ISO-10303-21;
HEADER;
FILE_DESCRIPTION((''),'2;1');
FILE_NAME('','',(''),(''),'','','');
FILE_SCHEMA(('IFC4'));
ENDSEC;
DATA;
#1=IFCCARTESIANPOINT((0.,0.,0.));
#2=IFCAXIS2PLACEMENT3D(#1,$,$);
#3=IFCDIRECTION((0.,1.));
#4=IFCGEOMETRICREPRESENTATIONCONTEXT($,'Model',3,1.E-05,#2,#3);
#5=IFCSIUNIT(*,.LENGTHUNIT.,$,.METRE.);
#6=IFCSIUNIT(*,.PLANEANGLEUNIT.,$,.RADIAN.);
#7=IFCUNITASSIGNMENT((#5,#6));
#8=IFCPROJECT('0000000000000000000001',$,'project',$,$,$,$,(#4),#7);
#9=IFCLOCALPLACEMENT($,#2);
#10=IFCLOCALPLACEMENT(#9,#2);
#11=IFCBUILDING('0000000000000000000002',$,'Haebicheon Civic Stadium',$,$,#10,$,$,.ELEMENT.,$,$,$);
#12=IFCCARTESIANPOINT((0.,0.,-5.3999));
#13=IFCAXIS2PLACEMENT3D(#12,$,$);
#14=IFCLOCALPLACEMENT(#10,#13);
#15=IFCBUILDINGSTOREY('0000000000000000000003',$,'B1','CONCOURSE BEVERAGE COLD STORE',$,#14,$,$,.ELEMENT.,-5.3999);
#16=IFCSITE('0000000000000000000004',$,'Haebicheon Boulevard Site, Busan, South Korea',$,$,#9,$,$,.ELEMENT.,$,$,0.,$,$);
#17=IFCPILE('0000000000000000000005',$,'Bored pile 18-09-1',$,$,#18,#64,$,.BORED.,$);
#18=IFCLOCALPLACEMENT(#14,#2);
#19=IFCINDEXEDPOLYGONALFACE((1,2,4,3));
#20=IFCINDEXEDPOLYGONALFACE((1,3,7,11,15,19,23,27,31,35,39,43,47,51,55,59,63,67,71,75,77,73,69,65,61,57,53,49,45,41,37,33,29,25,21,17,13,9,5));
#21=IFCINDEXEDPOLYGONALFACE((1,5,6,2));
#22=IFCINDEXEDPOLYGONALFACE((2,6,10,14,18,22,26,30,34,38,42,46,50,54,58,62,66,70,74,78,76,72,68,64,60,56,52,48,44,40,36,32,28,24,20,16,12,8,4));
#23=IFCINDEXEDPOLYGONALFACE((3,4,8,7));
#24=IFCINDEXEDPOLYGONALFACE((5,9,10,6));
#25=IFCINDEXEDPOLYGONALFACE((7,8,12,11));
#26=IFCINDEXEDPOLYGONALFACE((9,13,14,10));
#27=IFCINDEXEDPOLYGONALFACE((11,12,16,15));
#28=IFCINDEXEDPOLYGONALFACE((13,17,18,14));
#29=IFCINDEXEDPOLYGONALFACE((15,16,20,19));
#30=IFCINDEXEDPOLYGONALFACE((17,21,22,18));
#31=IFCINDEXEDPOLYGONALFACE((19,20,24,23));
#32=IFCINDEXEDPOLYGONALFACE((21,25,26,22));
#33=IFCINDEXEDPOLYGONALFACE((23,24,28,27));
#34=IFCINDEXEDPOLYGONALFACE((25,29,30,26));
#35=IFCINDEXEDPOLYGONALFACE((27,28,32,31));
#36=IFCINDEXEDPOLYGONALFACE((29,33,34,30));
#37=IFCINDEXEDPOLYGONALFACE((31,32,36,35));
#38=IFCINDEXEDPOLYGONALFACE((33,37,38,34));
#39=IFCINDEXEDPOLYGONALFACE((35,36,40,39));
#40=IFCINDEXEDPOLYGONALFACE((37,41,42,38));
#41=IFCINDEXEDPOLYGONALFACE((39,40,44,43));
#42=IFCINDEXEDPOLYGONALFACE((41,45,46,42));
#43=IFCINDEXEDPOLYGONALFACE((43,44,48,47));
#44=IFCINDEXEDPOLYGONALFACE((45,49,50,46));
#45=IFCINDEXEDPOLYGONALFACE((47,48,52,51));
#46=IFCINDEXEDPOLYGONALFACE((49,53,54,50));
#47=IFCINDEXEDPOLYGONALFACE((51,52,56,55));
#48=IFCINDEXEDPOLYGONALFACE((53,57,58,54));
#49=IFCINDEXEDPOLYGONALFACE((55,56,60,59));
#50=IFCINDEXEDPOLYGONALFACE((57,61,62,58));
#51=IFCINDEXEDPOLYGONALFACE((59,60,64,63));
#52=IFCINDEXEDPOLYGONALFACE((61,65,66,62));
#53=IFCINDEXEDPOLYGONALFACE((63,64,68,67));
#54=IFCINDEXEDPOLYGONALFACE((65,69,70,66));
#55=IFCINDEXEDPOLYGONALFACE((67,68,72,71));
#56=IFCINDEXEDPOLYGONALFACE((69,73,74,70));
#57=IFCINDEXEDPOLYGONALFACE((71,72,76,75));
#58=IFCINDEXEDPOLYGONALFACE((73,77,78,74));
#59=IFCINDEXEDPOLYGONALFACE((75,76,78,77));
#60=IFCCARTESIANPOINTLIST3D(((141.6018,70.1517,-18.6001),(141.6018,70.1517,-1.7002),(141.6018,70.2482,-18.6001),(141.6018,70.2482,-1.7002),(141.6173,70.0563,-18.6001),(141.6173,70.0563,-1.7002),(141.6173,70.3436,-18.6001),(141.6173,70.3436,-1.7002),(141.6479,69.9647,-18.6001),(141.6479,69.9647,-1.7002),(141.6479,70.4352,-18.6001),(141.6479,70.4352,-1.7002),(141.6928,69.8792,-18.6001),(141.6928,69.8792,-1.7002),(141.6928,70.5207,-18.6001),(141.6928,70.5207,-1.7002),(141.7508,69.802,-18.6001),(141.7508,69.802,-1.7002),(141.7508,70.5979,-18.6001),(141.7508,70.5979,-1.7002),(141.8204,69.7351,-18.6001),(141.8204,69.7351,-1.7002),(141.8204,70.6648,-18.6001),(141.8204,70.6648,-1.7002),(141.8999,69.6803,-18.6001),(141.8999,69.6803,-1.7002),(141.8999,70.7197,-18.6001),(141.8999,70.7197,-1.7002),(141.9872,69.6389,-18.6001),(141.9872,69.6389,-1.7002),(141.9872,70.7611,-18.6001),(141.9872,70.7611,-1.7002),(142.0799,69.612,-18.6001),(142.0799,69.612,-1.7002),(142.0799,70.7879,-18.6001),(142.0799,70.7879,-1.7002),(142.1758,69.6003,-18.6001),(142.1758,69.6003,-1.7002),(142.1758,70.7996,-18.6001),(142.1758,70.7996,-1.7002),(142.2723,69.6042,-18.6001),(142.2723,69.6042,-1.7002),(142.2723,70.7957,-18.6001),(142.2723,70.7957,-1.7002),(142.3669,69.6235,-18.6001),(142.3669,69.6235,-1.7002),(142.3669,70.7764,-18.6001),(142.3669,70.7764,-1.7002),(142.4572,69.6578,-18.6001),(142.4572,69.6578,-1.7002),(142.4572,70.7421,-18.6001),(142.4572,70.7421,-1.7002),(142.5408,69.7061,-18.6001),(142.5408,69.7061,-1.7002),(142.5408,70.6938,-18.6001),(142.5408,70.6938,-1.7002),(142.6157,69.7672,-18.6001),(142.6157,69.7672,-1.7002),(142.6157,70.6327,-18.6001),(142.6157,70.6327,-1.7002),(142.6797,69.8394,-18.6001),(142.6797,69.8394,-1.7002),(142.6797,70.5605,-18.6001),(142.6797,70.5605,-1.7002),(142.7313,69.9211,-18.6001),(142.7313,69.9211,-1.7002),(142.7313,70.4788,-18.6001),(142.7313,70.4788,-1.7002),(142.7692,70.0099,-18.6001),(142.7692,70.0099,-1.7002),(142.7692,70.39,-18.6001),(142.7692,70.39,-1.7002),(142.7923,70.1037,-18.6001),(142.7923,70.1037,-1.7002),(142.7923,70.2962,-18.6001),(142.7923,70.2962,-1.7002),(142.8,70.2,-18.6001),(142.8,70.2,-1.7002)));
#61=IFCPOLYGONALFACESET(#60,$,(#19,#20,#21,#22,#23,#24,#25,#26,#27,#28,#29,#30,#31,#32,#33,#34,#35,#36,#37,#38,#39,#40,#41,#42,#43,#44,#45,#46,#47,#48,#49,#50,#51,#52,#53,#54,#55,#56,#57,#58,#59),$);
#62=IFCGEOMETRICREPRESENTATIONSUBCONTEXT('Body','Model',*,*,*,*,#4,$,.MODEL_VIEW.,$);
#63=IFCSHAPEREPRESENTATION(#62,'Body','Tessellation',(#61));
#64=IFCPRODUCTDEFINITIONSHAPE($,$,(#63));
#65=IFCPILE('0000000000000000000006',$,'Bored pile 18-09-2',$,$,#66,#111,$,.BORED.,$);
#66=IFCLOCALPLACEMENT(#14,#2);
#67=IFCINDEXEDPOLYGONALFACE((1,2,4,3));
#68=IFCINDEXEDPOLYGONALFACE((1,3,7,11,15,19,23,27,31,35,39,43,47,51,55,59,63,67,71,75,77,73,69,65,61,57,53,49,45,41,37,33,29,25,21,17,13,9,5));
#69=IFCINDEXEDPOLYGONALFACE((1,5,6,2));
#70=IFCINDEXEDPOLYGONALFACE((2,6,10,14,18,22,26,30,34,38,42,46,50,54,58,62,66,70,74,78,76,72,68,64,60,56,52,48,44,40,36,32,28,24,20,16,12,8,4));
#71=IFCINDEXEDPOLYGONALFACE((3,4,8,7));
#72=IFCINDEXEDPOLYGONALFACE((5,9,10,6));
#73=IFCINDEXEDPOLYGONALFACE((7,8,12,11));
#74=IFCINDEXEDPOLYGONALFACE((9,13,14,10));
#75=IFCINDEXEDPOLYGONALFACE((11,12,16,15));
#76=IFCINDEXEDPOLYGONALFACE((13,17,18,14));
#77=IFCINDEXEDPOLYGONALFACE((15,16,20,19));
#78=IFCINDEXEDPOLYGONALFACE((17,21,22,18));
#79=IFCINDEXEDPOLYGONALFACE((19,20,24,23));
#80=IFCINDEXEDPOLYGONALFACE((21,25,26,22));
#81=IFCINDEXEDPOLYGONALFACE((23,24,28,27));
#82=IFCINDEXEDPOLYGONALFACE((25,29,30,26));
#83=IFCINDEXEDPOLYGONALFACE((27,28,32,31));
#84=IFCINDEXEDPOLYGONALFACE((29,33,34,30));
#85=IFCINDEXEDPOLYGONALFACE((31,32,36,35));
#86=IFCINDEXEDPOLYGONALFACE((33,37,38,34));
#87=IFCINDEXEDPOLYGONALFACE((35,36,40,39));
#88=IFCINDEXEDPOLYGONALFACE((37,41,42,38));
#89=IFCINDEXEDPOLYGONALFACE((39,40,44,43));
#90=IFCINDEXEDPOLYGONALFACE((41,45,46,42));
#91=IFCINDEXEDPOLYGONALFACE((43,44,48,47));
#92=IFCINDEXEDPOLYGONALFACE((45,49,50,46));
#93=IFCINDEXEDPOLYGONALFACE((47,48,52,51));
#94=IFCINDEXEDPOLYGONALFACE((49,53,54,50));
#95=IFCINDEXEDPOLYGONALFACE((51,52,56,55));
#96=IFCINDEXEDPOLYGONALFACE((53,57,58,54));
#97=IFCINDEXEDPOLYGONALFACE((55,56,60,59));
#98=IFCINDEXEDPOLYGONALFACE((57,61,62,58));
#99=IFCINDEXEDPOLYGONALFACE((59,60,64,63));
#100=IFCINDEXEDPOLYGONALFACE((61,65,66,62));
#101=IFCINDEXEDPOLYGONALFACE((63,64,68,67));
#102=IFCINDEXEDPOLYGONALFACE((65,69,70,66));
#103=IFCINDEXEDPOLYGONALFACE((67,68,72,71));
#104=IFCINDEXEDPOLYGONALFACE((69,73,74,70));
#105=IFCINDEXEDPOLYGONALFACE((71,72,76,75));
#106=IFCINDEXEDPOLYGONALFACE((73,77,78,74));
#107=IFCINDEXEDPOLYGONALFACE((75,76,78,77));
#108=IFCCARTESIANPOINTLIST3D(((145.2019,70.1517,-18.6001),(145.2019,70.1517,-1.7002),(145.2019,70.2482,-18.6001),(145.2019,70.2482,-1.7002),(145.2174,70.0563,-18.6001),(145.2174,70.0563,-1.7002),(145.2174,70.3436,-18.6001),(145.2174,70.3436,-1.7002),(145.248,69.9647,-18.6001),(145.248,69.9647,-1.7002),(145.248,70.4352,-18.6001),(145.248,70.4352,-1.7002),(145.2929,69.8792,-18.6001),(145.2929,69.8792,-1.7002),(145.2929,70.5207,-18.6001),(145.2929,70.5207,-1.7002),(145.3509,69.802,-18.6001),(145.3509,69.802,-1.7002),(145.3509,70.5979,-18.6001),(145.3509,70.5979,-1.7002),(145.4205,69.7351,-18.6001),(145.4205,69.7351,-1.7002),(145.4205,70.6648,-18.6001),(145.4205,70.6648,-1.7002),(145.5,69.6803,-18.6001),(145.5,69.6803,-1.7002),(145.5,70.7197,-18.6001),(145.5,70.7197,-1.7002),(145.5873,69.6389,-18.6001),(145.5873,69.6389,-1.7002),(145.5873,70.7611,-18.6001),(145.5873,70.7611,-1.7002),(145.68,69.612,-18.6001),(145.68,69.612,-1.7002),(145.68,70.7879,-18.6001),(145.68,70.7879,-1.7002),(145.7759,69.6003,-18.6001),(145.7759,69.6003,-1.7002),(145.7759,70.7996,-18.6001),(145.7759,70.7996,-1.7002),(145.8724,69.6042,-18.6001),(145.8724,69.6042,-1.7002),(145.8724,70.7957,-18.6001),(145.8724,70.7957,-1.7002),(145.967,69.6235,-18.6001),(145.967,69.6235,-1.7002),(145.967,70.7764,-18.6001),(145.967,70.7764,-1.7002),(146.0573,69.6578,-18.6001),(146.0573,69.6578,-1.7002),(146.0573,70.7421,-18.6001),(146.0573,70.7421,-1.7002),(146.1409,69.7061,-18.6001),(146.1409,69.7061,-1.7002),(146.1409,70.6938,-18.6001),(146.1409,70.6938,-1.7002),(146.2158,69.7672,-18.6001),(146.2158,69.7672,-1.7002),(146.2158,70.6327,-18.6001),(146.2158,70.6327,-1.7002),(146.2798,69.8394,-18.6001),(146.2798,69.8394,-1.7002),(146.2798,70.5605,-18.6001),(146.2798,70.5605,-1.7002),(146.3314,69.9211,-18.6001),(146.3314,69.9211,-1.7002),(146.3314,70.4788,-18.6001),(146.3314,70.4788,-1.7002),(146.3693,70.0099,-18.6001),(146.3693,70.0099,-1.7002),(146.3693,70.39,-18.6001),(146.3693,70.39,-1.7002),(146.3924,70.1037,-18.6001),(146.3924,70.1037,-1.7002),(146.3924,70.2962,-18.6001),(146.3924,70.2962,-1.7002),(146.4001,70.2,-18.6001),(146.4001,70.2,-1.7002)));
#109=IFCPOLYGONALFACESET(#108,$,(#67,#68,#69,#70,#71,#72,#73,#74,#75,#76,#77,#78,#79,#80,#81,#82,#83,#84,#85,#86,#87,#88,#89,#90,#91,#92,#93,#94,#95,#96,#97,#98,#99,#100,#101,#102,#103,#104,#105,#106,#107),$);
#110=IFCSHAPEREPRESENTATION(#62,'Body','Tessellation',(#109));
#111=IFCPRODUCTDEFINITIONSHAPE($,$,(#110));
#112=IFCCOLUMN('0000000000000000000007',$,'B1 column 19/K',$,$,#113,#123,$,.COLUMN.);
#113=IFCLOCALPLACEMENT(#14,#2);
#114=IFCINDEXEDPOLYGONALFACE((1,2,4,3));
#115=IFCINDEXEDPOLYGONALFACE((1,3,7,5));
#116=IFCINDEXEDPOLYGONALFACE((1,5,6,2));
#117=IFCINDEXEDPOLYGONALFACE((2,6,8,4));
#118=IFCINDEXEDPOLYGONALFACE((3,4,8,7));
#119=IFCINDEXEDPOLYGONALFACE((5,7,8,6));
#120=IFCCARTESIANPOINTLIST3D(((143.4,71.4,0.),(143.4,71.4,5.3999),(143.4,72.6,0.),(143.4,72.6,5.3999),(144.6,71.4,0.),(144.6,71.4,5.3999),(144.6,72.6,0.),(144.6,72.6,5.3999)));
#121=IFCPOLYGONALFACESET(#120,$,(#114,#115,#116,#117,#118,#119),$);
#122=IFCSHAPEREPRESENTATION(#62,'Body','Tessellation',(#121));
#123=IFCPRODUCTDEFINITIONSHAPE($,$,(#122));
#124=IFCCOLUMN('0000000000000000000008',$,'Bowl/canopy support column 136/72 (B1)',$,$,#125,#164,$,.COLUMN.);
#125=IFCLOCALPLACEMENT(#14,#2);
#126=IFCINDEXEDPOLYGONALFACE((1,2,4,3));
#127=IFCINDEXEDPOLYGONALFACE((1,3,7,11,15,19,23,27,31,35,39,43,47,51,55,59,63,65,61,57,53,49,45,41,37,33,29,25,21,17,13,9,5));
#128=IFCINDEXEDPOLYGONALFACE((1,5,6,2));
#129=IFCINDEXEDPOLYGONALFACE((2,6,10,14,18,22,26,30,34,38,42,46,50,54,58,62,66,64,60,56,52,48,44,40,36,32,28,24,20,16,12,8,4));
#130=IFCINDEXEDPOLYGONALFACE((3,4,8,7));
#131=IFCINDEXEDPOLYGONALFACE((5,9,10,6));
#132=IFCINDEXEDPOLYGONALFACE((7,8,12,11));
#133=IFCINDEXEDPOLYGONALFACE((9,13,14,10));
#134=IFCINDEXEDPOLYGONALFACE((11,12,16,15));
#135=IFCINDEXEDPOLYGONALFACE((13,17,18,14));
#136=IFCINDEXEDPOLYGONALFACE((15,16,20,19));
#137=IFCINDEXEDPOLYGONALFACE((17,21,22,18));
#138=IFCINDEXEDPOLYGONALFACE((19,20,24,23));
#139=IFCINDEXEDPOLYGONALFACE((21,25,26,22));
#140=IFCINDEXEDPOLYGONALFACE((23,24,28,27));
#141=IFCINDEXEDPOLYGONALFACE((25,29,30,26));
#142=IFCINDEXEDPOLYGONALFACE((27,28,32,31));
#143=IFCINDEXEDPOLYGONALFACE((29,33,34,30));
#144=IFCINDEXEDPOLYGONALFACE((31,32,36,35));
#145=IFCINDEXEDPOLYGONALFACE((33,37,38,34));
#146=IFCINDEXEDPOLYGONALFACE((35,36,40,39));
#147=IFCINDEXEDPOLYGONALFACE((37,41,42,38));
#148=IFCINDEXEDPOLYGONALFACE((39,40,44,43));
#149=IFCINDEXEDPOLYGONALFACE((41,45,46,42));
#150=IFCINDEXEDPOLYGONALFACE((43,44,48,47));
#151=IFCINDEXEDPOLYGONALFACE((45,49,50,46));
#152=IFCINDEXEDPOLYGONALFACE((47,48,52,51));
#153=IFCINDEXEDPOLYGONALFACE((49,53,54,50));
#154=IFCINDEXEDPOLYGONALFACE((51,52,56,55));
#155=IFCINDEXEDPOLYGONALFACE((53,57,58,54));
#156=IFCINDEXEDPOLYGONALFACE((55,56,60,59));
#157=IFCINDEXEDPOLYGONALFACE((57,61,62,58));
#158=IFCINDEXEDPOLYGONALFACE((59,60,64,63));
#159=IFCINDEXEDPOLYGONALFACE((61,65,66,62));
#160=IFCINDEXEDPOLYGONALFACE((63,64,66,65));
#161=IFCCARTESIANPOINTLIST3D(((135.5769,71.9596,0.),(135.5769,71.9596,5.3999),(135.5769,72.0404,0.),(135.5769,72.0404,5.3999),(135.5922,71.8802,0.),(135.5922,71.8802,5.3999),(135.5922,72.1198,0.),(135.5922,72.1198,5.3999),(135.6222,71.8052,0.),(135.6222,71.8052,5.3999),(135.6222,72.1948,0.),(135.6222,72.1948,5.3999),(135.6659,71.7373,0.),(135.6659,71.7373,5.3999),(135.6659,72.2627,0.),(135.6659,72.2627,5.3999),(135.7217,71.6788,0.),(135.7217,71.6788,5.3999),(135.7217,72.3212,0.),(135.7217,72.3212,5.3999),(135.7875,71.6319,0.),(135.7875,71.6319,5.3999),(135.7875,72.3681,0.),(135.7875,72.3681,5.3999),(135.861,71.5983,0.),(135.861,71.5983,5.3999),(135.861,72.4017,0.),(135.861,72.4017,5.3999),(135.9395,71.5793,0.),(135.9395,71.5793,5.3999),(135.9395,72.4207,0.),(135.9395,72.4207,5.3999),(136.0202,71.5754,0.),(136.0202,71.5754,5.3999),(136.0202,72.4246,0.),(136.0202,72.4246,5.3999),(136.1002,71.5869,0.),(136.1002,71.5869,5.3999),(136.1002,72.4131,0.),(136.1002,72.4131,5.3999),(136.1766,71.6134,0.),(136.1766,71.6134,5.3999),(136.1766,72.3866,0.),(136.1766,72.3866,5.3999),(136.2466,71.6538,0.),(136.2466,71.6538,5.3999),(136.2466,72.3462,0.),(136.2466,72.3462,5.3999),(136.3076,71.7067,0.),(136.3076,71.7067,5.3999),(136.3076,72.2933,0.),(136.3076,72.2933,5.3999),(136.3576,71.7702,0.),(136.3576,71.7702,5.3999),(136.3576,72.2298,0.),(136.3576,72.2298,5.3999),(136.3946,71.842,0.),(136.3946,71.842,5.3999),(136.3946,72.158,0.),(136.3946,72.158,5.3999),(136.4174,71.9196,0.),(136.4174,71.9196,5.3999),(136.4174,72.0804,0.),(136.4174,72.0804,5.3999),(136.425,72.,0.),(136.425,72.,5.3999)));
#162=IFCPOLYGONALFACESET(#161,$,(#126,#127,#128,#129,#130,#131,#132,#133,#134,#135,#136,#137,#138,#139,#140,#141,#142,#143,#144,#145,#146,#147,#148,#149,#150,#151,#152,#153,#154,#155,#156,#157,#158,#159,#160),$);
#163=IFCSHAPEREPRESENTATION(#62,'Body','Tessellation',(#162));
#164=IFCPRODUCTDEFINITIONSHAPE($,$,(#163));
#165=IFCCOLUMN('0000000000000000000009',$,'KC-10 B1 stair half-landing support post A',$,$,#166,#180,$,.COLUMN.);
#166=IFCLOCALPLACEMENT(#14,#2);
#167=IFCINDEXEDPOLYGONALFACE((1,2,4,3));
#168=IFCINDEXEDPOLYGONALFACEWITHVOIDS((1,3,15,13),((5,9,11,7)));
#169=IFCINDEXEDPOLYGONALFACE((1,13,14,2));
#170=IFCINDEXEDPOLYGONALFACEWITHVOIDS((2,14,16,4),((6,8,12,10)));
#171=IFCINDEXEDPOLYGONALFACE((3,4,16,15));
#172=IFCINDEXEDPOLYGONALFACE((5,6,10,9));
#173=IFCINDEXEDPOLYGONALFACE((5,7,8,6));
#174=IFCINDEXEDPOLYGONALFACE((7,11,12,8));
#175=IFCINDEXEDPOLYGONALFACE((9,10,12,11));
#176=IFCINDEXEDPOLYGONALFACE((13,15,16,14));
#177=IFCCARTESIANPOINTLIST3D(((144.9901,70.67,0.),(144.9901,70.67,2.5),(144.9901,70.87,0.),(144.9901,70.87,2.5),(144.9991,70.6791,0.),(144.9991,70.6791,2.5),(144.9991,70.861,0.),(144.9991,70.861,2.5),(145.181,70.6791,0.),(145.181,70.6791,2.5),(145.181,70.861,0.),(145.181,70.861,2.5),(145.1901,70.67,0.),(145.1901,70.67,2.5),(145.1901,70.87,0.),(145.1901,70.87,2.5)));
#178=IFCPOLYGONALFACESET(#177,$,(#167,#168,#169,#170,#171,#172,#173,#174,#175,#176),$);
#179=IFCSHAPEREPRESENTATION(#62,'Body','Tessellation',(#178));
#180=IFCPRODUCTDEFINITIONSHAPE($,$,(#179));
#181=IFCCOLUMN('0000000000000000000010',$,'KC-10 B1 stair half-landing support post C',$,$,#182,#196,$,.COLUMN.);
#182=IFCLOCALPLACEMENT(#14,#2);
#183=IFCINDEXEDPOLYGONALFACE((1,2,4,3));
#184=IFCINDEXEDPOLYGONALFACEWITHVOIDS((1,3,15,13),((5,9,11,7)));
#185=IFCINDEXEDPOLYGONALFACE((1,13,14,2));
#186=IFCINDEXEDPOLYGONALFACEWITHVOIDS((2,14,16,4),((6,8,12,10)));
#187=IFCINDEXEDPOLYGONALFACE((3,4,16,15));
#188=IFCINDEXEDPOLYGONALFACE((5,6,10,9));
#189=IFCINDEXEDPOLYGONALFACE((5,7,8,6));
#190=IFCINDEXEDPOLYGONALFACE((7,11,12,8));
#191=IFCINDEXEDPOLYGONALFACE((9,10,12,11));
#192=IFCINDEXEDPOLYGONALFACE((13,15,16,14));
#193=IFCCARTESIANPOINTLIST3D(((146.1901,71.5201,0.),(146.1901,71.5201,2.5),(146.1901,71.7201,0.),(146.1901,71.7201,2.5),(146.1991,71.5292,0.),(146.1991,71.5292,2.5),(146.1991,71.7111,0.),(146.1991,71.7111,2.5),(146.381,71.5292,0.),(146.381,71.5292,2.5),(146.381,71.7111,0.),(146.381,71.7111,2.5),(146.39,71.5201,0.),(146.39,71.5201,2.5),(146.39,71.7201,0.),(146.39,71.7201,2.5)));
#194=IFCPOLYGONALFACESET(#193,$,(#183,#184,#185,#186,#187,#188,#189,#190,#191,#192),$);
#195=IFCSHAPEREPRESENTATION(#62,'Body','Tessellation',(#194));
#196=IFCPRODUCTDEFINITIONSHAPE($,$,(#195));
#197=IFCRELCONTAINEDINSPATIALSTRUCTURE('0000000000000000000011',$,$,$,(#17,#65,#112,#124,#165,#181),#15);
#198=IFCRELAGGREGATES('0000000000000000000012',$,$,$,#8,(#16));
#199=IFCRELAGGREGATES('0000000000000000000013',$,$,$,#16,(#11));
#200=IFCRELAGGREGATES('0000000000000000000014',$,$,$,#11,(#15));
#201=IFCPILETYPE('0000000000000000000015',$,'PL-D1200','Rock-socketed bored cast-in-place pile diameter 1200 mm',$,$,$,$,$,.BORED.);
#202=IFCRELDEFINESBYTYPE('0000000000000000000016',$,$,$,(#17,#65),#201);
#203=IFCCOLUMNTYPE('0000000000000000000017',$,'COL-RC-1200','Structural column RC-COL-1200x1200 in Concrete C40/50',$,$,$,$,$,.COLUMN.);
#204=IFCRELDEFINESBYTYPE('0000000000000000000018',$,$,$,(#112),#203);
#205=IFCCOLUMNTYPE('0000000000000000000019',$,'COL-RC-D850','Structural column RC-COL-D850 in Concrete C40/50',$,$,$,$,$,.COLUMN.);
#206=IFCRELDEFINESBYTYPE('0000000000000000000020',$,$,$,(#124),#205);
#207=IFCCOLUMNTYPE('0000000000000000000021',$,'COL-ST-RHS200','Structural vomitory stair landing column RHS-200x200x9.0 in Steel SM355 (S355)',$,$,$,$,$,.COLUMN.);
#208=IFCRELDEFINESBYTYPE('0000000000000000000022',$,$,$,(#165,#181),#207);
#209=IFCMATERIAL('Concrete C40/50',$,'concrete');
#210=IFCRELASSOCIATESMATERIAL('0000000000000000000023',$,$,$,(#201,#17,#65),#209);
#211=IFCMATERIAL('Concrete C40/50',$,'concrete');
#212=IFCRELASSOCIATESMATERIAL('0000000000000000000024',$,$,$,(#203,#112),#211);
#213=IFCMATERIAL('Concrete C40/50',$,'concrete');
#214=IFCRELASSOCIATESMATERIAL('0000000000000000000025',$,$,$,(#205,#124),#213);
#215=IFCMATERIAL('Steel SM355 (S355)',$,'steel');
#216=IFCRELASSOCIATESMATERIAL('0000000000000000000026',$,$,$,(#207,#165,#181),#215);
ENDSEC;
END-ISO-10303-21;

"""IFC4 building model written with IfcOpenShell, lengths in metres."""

from ifc_helpers import new_model, si_unit, direction, frame, origin, origin_2d, place, context, subcontext, project, spatial, rectangle, hollow_rectangle, circle, extrude, material, material_profile, profile_set, type_object, element, save


model = new_model("IFC4")

# Units and contexts
model_context = context("Model", 3, precision=1e-05, world=origin(), true_north=direction((0.0, 1.0)))
body_context = subcontext(model_context, "Body", "Model", "MODEL_VIEW")
ifc_project = project(units=[si_unit("LENGTHUNIT", "METRE"), si_unit("PLANEANGLEUNIT", "RADIAN")], contexts=[model_context])

# Site, building, storey
site_placement = place(None, origin())
site = spatial("IfcSite", under=ifc_project, at=site_placement, Name="Haebicheon Boulevard Site, Busan, South Korea", CompositionType="ELEMENT", RefElevation=0.0)
building_placement = place(site_placement, origin())
building = spatial("IfcBuilding", under=site, at=building_placement, Name="Haebicheon Civic Stadium", CompositionType="ELEMENT")
storey_placement = place(building_placement, frame((0.0, 0.0, -5.3999)))
storey = spatial("IfcBuildingStorey", under=building, at=storey_placement, Name="B1", Description="CONCOURSE BEVERAGE COLD STORE", CompositionType="ELEMENT", Elevation=-5.3999)

# Piles
ifc_material_1 = material(Name="Concrete C40/50", Category="concrete")
ifc_material_profile_1 = material_profile(ifc_material_1, circle(Radius=0.6001, at=origin_2d()), Name="PILE-D1200")
ifc_profile_set_1 = profile_set([ifc_material_profile_1], Name="Concrete C40/50")
pile_type_1 = type_object("IfcPileType", Name="PL-D1200", Description="Rock-socketed bored cast-in-place pile diameter 1200 mm", PredefinedType="BORED", material=ifc_profile_set_1)
for number, where, z_axis, x_axis, name in (
    (1, (142.2, 70.2, -1.7002), (0.0, 0.0, -1.0), (1.0, 0.0, 0.0), "Bored pile 18-09-1"),
    (2, (145.8, 70.2, -1.7002), (0.0, 0.0, -1.0), (1.0, 0.0, 0.0), "Bored pile 18-09-2"),
):
    element("IfcPile", number, at=place(storey_placement, frame(where, z_axis=z_axis, x_axis=x_axis)), inside=storey, type_object=pile_type_1, material=ifc_profile_set_1, Name=name, PredefinedType="BORED", context=body_context, shape_type="SweptSolid", body=[
        extrude(circle(Radius=0.6001, at=origin_2d()), origin(), (0.0, 0.0, 1.0), 16.8999),
    ])

# Columns
ifc_material_2 = material(Name="Concrete C40/50", Category="concrete")
ifc_material_profile_2 = material_profile(ifc_material_2, rectangle(XDim=1.2, YDim=1.2, at=origin_2d()), Name="RC-COL-1200x1200")
ifc_profile_set_2 = profile_set([ifc_material_profile_2], Name="Concrete C40/50")
column_type_1 = type_object("IfcColumnType", Name="COL-RC-1200", Description="Structural column RC-COL-1200x1200 in Concrete C40/50", PredefinedType="COLUMN", material=ifc_profile_set_2)
column_1_placement = place(storey_placement, frame((144.0, 72.0, 0.0), z_axis=(0.0, 0.0, 1.0), x_axis=(1.0, 0.0, 0.0)))
element("IfcColumn", 3, at=column_1_placement, inside=storey, type_object=column_type_1, material=ifc_profile_set_2, Name="B1 column 19/K", PredefinedType="COLUMN", context=body_context, shape_type="SweptSolid", body=[
    extrude(rectangle(XDim=1.2, YDim=1.2, at=origin_2d()), origin(), (0.0, 0.0, 1.0), 5.3999),
])
ifc_material_3 = material(Name="Concrete C40/50", Category="concrete")
ifc_material_profile_3 = material_profile(ifc_material_3, circle(Radius=0.425, at=origin_2d()), Name="RC-COL-D850")
ifc_profile_set_3 = profile_set([ifc_material_profile_3], Name="Concrete C40/50")
column_type_2 = type_object("IfcColumnType", Name="COL-RC-D850", Description="Structural column RC-COL-D850 in Concrete C40/50", PredefinedType="COLUMN", material=ifc_profile_set_3)
column_2_placement = place(storey_placement, frame((136.0, 72.0, 0.0), z_axis=(0.0, 0.0, 1.0), x_axis=(1.0, 0.0, 0.0)))
element("IfcColumn", 4, at=column_2_placement, inside=storey, type_object=column_type_2, material=ifc_profile_set_3, Name="Bowl/canopy support column 136/72 (B1)", PredefinedType="COLUMN", context=body_context, shape_type="SweptSolid", body=[
    extrude(circle(Radius=0.425, at=origin_2d()), origin(), (0.0, 0.0, 1.0), 5.3999),
])
ifc_material_4 = material(Name="Steel SM355 (S355)", Category="steel")
ifc_material_profile_4 = material_profile(ifc_material_4, hollow_rectangle(XDim=0.2, YDim=0.2, WallThickness=0.009, at=origin_2d()), Name="RHS-200x200x9.0")
ifc_profile_set_4 = profile_set([ifc_material_profile_4], Name="Steel SM355 (S355)")
column_type_3 = type_object("IfcColumnType", Name="COL-ST-RHS200", Description="Structural vomitory stair landing column RHS-200x200x9.0 in Steel SM355 (S355)", PredefinedType="COLUMN", material=ifc_profile_set_4)
for number, where, z_axis, x_axis, name in (
    (5, (145.0901, 70.77, 0.0), (0.0, 0.0, 1.0), (1.0, 0.0, 0.0), "KC-10 B1 stair half-landing support post A"),
    (6, (146.29, 71.6201, 0.0), (0.0, 0.0, 1.0), (1.0, 0.0, 0.0), "KC-10 B1 stair half-landing support post C"),
):
    element("IfcColumn", number, at=place(storey_placement, frame(where, z_axis=z_axis, x_axis=x_axis)), inside=storey, type_object=column_type_3, material=ifc_profile_set_4, Name=name, PredefinedType="COLUMN", context=body_context, shape_type="SweptSolid", body=[
        extrude(hollow_rectangle(XDim=0.2, YDim=0.2, WallThickness=0.009, at=origin_2d()), origin(), (0.0, 0.0, 1.0), 2.5),
    ])

save(model, "model.ifc")
